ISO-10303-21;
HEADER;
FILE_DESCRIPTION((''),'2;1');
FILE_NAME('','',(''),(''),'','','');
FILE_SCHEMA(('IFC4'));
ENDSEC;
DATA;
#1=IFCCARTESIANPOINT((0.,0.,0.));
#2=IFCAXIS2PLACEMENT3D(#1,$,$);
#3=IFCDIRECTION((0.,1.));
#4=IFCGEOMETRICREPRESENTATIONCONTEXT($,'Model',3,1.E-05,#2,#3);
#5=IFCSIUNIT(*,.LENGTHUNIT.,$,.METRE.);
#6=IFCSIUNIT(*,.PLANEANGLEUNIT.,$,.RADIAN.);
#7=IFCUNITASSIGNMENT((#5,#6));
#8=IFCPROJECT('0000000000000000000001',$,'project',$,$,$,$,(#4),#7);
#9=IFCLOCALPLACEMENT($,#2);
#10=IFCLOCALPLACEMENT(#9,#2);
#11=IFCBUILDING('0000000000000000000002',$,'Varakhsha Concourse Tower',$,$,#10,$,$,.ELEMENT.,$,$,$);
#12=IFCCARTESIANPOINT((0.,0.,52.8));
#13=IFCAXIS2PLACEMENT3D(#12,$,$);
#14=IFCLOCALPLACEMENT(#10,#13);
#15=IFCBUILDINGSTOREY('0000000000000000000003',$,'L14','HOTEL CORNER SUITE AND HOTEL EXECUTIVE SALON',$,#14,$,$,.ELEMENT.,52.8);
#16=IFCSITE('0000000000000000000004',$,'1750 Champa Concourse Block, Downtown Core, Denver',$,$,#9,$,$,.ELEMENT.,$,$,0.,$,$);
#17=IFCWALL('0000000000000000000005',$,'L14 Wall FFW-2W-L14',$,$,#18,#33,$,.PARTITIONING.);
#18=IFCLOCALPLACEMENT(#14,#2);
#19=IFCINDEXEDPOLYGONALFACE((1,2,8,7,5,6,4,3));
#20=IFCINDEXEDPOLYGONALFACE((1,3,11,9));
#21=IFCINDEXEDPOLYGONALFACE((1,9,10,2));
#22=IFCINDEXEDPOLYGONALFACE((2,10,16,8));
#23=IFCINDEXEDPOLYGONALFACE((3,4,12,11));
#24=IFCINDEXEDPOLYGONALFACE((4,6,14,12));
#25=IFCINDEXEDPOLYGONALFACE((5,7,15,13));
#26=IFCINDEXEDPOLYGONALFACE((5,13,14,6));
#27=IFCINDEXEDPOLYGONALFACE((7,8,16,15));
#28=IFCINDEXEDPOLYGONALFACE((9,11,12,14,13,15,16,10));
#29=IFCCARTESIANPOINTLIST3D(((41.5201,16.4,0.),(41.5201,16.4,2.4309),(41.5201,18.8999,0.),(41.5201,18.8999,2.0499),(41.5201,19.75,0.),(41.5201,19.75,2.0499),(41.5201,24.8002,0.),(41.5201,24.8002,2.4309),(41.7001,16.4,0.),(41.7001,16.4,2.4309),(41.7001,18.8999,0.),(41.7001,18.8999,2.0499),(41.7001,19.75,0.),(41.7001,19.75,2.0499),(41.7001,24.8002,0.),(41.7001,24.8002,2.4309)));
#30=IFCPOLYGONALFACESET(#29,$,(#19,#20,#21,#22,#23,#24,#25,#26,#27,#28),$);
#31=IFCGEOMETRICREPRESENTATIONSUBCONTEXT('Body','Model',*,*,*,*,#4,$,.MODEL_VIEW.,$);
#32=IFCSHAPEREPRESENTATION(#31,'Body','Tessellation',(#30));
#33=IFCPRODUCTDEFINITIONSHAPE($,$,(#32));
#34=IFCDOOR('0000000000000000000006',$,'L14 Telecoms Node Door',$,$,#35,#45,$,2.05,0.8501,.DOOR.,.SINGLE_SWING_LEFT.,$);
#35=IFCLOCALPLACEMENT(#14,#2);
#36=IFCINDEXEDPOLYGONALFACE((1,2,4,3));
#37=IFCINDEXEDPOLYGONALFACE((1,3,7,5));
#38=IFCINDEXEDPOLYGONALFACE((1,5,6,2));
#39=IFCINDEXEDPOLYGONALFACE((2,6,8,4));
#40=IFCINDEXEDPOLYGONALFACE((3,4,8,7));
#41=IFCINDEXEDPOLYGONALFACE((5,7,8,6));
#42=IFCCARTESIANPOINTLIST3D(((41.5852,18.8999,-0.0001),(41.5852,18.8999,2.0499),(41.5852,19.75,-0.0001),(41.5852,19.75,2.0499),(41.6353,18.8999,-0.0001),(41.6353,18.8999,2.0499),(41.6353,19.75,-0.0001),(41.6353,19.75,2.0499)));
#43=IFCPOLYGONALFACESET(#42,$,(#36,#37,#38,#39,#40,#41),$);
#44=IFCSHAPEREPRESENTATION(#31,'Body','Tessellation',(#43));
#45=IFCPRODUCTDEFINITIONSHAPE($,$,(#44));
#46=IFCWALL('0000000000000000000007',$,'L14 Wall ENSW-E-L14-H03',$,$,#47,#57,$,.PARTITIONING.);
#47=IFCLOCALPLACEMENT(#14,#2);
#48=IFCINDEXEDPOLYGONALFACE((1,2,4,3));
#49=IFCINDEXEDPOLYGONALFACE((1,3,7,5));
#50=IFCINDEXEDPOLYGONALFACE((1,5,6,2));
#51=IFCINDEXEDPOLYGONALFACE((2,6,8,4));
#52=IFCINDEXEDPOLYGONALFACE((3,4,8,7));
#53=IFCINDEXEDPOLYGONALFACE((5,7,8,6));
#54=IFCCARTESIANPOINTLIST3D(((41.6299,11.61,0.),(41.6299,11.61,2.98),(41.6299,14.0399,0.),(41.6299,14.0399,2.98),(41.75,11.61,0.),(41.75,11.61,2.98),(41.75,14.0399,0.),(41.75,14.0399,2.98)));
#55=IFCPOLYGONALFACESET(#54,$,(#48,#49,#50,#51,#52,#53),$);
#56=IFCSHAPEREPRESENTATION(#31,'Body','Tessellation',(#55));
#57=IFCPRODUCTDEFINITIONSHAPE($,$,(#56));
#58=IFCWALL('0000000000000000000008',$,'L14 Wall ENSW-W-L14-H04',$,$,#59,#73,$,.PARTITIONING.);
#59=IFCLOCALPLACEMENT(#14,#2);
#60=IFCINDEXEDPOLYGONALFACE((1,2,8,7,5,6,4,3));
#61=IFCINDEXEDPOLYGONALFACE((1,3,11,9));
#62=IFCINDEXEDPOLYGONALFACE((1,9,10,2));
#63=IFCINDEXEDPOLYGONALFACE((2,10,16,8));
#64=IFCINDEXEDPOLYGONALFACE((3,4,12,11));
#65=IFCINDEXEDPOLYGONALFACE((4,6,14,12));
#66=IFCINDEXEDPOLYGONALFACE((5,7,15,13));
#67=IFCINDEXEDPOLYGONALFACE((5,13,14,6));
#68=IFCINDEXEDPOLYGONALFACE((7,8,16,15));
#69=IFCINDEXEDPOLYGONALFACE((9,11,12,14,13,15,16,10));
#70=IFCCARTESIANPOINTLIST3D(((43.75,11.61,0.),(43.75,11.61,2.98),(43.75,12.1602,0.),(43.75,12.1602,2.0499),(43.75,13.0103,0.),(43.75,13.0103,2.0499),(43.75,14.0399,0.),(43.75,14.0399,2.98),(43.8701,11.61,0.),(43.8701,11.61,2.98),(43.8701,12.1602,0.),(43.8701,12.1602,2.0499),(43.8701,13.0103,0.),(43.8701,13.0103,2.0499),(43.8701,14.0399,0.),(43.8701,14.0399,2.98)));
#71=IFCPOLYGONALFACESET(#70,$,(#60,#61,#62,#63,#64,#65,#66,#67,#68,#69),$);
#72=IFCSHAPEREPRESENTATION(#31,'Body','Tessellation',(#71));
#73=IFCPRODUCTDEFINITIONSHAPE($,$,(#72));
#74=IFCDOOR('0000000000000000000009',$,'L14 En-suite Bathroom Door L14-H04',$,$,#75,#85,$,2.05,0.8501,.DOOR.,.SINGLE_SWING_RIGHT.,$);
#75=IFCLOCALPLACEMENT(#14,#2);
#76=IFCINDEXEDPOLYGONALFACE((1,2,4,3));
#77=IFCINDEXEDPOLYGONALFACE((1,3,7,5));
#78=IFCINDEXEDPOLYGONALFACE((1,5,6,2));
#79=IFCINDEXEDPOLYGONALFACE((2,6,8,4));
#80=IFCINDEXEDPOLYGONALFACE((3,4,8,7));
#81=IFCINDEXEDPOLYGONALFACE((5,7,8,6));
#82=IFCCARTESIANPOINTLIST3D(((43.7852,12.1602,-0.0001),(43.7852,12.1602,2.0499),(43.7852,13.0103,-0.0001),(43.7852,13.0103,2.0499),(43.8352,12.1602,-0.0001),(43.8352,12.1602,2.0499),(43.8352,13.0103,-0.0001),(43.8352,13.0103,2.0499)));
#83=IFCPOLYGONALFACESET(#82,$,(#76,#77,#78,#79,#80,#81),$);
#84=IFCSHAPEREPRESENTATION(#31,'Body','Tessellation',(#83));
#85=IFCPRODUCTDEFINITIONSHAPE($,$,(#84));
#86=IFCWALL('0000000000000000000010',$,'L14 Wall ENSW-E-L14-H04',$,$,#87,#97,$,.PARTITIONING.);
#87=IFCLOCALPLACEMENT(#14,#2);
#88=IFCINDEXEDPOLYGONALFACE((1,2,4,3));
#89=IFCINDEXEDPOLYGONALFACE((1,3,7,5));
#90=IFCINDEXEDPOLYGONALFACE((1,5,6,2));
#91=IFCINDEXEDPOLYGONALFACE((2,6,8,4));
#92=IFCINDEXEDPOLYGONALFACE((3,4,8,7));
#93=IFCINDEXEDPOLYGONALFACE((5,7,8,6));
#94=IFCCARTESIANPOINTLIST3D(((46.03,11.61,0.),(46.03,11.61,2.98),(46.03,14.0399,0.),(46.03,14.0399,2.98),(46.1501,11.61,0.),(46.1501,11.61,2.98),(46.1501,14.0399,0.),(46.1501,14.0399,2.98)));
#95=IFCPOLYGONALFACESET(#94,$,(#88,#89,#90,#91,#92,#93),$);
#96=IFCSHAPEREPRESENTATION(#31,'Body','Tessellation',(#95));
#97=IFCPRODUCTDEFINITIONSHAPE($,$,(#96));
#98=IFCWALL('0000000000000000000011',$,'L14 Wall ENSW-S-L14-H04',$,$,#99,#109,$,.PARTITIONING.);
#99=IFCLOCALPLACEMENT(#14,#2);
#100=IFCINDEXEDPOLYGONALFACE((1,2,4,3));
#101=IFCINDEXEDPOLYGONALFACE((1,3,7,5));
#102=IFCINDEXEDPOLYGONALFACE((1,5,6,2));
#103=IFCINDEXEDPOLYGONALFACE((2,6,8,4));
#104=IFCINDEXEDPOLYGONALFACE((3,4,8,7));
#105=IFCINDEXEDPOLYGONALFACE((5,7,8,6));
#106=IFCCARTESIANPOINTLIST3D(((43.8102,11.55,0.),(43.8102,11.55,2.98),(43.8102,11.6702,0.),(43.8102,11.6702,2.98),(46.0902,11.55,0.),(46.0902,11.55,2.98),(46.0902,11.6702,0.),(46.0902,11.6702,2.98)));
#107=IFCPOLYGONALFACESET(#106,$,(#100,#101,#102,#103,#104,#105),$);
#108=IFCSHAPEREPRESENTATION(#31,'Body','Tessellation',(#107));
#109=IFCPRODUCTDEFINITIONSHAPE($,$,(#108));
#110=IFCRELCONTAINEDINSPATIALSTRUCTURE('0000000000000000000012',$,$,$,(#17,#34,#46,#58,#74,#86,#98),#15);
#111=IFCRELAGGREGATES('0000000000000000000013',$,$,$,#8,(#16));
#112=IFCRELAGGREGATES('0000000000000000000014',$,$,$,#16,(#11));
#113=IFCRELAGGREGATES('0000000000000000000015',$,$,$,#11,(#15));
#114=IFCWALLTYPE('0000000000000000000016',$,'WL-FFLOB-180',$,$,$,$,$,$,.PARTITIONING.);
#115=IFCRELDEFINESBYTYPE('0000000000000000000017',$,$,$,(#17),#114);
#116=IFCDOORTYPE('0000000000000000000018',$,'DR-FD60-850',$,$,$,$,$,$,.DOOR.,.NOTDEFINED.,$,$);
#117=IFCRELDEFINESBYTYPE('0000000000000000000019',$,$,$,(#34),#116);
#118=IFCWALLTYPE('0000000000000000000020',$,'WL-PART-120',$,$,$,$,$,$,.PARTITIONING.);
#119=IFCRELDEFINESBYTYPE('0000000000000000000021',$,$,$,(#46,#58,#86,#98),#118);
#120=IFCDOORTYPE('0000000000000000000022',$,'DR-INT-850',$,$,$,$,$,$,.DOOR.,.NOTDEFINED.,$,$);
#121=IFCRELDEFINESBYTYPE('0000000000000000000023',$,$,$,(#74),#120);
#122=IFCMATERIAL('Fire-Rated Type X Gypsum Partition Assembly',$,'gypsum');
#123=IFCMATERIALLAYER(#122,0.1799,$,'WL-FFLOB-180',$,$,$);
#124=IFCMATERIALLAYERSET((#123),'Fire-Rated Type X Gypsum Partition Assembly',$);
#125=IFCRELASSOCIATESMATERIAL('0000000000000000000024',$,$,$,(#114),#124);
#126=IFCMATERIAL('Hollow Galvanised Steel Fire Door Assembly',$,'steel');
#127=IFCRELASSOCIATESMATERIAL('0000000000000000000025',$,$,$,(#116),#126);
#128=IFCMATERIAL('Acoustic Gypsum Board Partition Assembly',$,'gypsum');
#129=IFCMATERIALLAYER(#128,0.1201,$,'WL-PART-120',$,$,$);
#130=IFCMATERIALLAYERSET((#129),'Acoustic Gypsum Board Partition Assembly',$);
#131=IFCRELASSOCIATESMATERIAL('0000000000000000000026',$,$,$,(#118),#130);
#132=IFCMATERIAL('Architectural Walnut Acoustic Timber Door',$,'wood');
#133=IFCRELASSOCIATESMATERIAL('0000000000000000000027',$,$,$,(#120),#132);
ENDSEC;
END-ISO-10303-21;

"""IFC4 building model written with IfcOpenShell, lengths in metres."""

from ifc_helpers import new_model, si_unit, direction, frame, frame_2d, origin, place, context, subcontext, project, spatial, rectangle, extrude, material, layer, layer_set, type_object, element, fill, save


model = new_model("IFC4")

# Units and contexts
model_context = context("Model", 3, precision=1e-05, world=origin(), true_north=direction((0.0, 1.0)))
body_context = subcontext(model_context, "Body", "Model", "MODEL_VIEW")
ifc_project = project(units=[si_unit("LENGTHUNIT", "METRE"), si_unit("PLANEANGLEUNIT", "RADIAN")], contexts=[model_context])

# Site, building, storey
site_placement = place(None, origin())
site = spatial("IfcSite", under=ifc_project, at=site_placement, Name="1750 Champa Concourse Block, Downtown Core, Denver", CompositionType="ELEMENT", RefElevation=0.0)
building_placement = place(site_placement, origin())
building = spatial("IfcBuilding", under=site, at=building_placement, Name="Varakhsha Concourse Tower", CompositionType="ELEMENT")
storey_placement = place(building_placement, frame((0.0, 0.0, 52.8)))
storey = spatial("IfcBuildingStorey", under=building, at=storey_placement, Name="L14", Description="HOTEL CORNER SUITE AND HOTEL EXECUTIVE SALON", CompositionType="ELEMENT", Elevation=52.8)

# Wall, opening, door
ifc_material_1 = material(Name="Fire-Rated Type X Gypsum Partition Assembly", Category="gypsum")
ifc_layer_1 = layer(ifc_material_1, 0.1799, Name="WL-FFLOB-180")
ifc_layer_set_1 = layer_set([ifc_layer_1], Name="Fire-Rated Type X Gypsum Partition Assembly")
wall_type_1 = type_object("IfcWallType", Name="WL-FFLOB-180", PredefinedType="PARTITIONING", material=ifc_layer_set_1)
wall_1_placement = place(storey_placement, frame((41.6101, 16.3999, 0.0), z_axis=(0.0, 0.0, 1.0), x_axis=(0.0, 1.0, 0.0)))
wall_1 = element("IfcWall", 1, at=wall_1_placement, inside=storey, type_object=wall_type_1, Name="L14 Wall FFW-2W-L14", PredefinedType="PARTITIONING", context=body_context, shape_type="SweptSolid", body=[
    extrude(rectangle(XDim=8.4001, YDim=0.1799, at=frame_2d((4.2002, 0.0))), origin(), (0.0, 0.0, 1.0), 2.4309),
])
opening_1_placement = place(wall_1_placement, frame((2.5, 0.0, 0.0)))
opening_1 = element("IfcOpeningElement", 2, at=opening_1_placement, cuts=wall_1, PredefinedType="OPENING", context=body_context, shape_type="SweptSolid", body=[
    extrude(rectangle(XDim=0.8501, YDim=2.05, at=frame_2d((0.425, 1.0249))), frame((0.0, 0.0999, 0.0), z_axis=(0.0, -1.0, 0.0), x_axis=(1.0, 0.0, 0.0)), (0.0, 0.0, 1.0), 0.2),
])
ifc_material_2 = material(Name="Hollow Galvanised Steel Fire Door Assembly", Category="steel")
door_type_1 = type_object("IfcDoorType", Name="DR-FD60-850", OperationType="NOTDEFINED", PredefinedType="DOOR", material=ifc_material_2)
door_1_placement = place(opening_1_placement, origin())
door_1 = element("IfcDoor", 3, at=door_1_placement, inside=storey, type_object=door_type_1, Name="L14 Telecoms Node Door", OperationType="SINGLE_SWING_LEFT", OverallHeight=2.05, OverallWidth=0.8501, PredefinedType="DOOR", context=body_context, shape_type="SweptSolid", body=[
    extrude(rectangle(XDim=0.8501, YDim=2.05, at=frame_2d((0.425, 1.0249))), frame((0.0, 0.0249, 0.0), z_axis=(0.0, -1.0, 0.0), x_axis=(1.0, 0.0, 0.0)), (0.0, 0.0, 1.0), 0.05),
])
fill(opening_1, door_1)

# Wall
ifc_material_3 = material(Name="Acoustic Gypsum Board Partition Assembly", Category="gypsum")
ifc_layer_2 = layer(ifc_material_3, 0.1201, Name="WL-PART-120")
ifc_layer_set_2 = layer_set([ifc_layer_2], Name="Acoustic Gypsum Board Partition Assembly")
wall_type_2 = type_object("IfcWallType", Name="WL-PART-120", PredefinedType="PARTITIONING", material=ifc_layer_set_2)
wall_2_placement = place(storey_placement, frame((41.6899, 11.6101, 0.0), z_axis=(0.0, 0.0, 1.0), x_axis=(0.0, 1.0, 0.0)))
element("IfcWall", 4, at=wall_2_placement, inside=storey, type_object=wall_type_2, Name="L14 Wall ENSW-E-L14-H03", PredefinedType="PARTITIONING", context=body_context, shape_type="SweptSolid", body=[
    extrude(rectangle(XDim=2.4299, YDim=0.1201, at=frame_2d((1.2148, 0.0))), origin(), (0.0, 0.0, 1.0), 2.98),
])

# Wall, opening, door
wall_3_placement = place(storey_placement, frame((43.8101, 11.6101, 0.0), z_axis=(0.0, 0.0, 1.0), x_axis=(0.0, 1.0, 0.0)))
wall_3 = element("IfcWall", 5, at=wall_3_placement, inside=storey, type_object=wall_type_2, Name="L14 Wall ENSW-W-L14-H04", PredefinedType="PARTITIONING", context=body_context, shape_type="SweptSolid", body=[
    extrude(rectangle(XDim=2.4299, YDim=0.1201, at=frame_2d((1.2148, 0.0))), origin(), (0.0, 0.0, 1.0), 2.98),
])
opening_2_placement = place(wall_3_placement, frame((0.55, 0.0, 0.0)))
opening_2 = element("IfcOpeningElement", 6, at=opening_2_placement, cuts=wall_3, PredefinedType="OPENING", context=body_context, shape_type="SweptSolid", body=[
    extrude(rectangle(XDim=0.8501, YDim=2.05, at=frame_2d((0.425, 1.0249))), frame((0.0, 0.0701, 0.0), z_axis=(0.0, -1.0, 0.0), x_axis=(1.0, 0.0, 0.0)), (0.0, 0.0, 1.0), 0.1401),
])
ifc_material_4 = material(Name="Architectural Walnut Acoustic Timber Door", Category="wood")
door_type_2 = type_object("IfcDoorType", Name="DR-INT-850", OperationType="NOTDEFINED", PredefinedType="DOOR", material=ifc_material_4)
door_2_placement = place(opening_2_placement, origin())
door_2 = element("IfcDoor", 7, at=door_2_placement, inside=storey, type_object=door_type_2, Name="L14 En-suite Bathroom Door L14-H04", OperationType="SINGLE_SWING_RIGHT", OverallHeight=2.05, OverallWidth=0.8501, PredefinedType="DOOR", context=body_context, shape_type="SweptSolid", body=[
    extrude(rectangle(XDim=0.8501, YDim=2.05, at=frame_2d((0.425, 1.0249))), frame((0.0, 0.0249, 0.0), z_axis=(0.0, -1.0, 0.0), x_axis=(1.0, 0.0, 0.0)), (0.0, 0.0, 1.0), 0.05),
])
fill(opening_2, door_2)

# Walls
wall_4_placement = place(storey_placement, frame((46.0901, 11.6101, 0.0), z_axis=(0.0, 0.0, 1.0), x_axis=(0.0, 1.0, 0.0)))
element("IfcWall", 8, at=wall_4_placement, inside=storey, type_object=wall_type_2, Name="L14 Wall ENSW-E-L14-H04", PredefinedType="PARTITIONING", context=body_context, shape_type="SweptSolid", body=[
    extrude(rectangle(XDim=2.4299, YDim=0.1201, at=frame_2d((1.2148, 0.0))), origin(), (0.0, 0.0, 1.0), 2.98),
])
wall_5_placement = place(storey_placement, frame((43.8101, 11.6101, 0.0), z_axis=(0.0, 0.0, 1.0), x_axis=(1.0, 0.0, 0.0)))
element("IfcWall", 9, at=wall_5_placement, inside=storey, type_object=wall_type_2, Name="L14 Wall ENSW-S-L14-H04", PredefinedType="PARTITIONING", context=body_context, shape_type="SweptSolid", body=[
    extrude(rectangle(XDim=2.28, YDim=0.1201, at=frame_2d((1.1401, 0.0))), origin(), (0.0, 0.0, 1.0), 2.98),
])

save(model, "model.ifc")
